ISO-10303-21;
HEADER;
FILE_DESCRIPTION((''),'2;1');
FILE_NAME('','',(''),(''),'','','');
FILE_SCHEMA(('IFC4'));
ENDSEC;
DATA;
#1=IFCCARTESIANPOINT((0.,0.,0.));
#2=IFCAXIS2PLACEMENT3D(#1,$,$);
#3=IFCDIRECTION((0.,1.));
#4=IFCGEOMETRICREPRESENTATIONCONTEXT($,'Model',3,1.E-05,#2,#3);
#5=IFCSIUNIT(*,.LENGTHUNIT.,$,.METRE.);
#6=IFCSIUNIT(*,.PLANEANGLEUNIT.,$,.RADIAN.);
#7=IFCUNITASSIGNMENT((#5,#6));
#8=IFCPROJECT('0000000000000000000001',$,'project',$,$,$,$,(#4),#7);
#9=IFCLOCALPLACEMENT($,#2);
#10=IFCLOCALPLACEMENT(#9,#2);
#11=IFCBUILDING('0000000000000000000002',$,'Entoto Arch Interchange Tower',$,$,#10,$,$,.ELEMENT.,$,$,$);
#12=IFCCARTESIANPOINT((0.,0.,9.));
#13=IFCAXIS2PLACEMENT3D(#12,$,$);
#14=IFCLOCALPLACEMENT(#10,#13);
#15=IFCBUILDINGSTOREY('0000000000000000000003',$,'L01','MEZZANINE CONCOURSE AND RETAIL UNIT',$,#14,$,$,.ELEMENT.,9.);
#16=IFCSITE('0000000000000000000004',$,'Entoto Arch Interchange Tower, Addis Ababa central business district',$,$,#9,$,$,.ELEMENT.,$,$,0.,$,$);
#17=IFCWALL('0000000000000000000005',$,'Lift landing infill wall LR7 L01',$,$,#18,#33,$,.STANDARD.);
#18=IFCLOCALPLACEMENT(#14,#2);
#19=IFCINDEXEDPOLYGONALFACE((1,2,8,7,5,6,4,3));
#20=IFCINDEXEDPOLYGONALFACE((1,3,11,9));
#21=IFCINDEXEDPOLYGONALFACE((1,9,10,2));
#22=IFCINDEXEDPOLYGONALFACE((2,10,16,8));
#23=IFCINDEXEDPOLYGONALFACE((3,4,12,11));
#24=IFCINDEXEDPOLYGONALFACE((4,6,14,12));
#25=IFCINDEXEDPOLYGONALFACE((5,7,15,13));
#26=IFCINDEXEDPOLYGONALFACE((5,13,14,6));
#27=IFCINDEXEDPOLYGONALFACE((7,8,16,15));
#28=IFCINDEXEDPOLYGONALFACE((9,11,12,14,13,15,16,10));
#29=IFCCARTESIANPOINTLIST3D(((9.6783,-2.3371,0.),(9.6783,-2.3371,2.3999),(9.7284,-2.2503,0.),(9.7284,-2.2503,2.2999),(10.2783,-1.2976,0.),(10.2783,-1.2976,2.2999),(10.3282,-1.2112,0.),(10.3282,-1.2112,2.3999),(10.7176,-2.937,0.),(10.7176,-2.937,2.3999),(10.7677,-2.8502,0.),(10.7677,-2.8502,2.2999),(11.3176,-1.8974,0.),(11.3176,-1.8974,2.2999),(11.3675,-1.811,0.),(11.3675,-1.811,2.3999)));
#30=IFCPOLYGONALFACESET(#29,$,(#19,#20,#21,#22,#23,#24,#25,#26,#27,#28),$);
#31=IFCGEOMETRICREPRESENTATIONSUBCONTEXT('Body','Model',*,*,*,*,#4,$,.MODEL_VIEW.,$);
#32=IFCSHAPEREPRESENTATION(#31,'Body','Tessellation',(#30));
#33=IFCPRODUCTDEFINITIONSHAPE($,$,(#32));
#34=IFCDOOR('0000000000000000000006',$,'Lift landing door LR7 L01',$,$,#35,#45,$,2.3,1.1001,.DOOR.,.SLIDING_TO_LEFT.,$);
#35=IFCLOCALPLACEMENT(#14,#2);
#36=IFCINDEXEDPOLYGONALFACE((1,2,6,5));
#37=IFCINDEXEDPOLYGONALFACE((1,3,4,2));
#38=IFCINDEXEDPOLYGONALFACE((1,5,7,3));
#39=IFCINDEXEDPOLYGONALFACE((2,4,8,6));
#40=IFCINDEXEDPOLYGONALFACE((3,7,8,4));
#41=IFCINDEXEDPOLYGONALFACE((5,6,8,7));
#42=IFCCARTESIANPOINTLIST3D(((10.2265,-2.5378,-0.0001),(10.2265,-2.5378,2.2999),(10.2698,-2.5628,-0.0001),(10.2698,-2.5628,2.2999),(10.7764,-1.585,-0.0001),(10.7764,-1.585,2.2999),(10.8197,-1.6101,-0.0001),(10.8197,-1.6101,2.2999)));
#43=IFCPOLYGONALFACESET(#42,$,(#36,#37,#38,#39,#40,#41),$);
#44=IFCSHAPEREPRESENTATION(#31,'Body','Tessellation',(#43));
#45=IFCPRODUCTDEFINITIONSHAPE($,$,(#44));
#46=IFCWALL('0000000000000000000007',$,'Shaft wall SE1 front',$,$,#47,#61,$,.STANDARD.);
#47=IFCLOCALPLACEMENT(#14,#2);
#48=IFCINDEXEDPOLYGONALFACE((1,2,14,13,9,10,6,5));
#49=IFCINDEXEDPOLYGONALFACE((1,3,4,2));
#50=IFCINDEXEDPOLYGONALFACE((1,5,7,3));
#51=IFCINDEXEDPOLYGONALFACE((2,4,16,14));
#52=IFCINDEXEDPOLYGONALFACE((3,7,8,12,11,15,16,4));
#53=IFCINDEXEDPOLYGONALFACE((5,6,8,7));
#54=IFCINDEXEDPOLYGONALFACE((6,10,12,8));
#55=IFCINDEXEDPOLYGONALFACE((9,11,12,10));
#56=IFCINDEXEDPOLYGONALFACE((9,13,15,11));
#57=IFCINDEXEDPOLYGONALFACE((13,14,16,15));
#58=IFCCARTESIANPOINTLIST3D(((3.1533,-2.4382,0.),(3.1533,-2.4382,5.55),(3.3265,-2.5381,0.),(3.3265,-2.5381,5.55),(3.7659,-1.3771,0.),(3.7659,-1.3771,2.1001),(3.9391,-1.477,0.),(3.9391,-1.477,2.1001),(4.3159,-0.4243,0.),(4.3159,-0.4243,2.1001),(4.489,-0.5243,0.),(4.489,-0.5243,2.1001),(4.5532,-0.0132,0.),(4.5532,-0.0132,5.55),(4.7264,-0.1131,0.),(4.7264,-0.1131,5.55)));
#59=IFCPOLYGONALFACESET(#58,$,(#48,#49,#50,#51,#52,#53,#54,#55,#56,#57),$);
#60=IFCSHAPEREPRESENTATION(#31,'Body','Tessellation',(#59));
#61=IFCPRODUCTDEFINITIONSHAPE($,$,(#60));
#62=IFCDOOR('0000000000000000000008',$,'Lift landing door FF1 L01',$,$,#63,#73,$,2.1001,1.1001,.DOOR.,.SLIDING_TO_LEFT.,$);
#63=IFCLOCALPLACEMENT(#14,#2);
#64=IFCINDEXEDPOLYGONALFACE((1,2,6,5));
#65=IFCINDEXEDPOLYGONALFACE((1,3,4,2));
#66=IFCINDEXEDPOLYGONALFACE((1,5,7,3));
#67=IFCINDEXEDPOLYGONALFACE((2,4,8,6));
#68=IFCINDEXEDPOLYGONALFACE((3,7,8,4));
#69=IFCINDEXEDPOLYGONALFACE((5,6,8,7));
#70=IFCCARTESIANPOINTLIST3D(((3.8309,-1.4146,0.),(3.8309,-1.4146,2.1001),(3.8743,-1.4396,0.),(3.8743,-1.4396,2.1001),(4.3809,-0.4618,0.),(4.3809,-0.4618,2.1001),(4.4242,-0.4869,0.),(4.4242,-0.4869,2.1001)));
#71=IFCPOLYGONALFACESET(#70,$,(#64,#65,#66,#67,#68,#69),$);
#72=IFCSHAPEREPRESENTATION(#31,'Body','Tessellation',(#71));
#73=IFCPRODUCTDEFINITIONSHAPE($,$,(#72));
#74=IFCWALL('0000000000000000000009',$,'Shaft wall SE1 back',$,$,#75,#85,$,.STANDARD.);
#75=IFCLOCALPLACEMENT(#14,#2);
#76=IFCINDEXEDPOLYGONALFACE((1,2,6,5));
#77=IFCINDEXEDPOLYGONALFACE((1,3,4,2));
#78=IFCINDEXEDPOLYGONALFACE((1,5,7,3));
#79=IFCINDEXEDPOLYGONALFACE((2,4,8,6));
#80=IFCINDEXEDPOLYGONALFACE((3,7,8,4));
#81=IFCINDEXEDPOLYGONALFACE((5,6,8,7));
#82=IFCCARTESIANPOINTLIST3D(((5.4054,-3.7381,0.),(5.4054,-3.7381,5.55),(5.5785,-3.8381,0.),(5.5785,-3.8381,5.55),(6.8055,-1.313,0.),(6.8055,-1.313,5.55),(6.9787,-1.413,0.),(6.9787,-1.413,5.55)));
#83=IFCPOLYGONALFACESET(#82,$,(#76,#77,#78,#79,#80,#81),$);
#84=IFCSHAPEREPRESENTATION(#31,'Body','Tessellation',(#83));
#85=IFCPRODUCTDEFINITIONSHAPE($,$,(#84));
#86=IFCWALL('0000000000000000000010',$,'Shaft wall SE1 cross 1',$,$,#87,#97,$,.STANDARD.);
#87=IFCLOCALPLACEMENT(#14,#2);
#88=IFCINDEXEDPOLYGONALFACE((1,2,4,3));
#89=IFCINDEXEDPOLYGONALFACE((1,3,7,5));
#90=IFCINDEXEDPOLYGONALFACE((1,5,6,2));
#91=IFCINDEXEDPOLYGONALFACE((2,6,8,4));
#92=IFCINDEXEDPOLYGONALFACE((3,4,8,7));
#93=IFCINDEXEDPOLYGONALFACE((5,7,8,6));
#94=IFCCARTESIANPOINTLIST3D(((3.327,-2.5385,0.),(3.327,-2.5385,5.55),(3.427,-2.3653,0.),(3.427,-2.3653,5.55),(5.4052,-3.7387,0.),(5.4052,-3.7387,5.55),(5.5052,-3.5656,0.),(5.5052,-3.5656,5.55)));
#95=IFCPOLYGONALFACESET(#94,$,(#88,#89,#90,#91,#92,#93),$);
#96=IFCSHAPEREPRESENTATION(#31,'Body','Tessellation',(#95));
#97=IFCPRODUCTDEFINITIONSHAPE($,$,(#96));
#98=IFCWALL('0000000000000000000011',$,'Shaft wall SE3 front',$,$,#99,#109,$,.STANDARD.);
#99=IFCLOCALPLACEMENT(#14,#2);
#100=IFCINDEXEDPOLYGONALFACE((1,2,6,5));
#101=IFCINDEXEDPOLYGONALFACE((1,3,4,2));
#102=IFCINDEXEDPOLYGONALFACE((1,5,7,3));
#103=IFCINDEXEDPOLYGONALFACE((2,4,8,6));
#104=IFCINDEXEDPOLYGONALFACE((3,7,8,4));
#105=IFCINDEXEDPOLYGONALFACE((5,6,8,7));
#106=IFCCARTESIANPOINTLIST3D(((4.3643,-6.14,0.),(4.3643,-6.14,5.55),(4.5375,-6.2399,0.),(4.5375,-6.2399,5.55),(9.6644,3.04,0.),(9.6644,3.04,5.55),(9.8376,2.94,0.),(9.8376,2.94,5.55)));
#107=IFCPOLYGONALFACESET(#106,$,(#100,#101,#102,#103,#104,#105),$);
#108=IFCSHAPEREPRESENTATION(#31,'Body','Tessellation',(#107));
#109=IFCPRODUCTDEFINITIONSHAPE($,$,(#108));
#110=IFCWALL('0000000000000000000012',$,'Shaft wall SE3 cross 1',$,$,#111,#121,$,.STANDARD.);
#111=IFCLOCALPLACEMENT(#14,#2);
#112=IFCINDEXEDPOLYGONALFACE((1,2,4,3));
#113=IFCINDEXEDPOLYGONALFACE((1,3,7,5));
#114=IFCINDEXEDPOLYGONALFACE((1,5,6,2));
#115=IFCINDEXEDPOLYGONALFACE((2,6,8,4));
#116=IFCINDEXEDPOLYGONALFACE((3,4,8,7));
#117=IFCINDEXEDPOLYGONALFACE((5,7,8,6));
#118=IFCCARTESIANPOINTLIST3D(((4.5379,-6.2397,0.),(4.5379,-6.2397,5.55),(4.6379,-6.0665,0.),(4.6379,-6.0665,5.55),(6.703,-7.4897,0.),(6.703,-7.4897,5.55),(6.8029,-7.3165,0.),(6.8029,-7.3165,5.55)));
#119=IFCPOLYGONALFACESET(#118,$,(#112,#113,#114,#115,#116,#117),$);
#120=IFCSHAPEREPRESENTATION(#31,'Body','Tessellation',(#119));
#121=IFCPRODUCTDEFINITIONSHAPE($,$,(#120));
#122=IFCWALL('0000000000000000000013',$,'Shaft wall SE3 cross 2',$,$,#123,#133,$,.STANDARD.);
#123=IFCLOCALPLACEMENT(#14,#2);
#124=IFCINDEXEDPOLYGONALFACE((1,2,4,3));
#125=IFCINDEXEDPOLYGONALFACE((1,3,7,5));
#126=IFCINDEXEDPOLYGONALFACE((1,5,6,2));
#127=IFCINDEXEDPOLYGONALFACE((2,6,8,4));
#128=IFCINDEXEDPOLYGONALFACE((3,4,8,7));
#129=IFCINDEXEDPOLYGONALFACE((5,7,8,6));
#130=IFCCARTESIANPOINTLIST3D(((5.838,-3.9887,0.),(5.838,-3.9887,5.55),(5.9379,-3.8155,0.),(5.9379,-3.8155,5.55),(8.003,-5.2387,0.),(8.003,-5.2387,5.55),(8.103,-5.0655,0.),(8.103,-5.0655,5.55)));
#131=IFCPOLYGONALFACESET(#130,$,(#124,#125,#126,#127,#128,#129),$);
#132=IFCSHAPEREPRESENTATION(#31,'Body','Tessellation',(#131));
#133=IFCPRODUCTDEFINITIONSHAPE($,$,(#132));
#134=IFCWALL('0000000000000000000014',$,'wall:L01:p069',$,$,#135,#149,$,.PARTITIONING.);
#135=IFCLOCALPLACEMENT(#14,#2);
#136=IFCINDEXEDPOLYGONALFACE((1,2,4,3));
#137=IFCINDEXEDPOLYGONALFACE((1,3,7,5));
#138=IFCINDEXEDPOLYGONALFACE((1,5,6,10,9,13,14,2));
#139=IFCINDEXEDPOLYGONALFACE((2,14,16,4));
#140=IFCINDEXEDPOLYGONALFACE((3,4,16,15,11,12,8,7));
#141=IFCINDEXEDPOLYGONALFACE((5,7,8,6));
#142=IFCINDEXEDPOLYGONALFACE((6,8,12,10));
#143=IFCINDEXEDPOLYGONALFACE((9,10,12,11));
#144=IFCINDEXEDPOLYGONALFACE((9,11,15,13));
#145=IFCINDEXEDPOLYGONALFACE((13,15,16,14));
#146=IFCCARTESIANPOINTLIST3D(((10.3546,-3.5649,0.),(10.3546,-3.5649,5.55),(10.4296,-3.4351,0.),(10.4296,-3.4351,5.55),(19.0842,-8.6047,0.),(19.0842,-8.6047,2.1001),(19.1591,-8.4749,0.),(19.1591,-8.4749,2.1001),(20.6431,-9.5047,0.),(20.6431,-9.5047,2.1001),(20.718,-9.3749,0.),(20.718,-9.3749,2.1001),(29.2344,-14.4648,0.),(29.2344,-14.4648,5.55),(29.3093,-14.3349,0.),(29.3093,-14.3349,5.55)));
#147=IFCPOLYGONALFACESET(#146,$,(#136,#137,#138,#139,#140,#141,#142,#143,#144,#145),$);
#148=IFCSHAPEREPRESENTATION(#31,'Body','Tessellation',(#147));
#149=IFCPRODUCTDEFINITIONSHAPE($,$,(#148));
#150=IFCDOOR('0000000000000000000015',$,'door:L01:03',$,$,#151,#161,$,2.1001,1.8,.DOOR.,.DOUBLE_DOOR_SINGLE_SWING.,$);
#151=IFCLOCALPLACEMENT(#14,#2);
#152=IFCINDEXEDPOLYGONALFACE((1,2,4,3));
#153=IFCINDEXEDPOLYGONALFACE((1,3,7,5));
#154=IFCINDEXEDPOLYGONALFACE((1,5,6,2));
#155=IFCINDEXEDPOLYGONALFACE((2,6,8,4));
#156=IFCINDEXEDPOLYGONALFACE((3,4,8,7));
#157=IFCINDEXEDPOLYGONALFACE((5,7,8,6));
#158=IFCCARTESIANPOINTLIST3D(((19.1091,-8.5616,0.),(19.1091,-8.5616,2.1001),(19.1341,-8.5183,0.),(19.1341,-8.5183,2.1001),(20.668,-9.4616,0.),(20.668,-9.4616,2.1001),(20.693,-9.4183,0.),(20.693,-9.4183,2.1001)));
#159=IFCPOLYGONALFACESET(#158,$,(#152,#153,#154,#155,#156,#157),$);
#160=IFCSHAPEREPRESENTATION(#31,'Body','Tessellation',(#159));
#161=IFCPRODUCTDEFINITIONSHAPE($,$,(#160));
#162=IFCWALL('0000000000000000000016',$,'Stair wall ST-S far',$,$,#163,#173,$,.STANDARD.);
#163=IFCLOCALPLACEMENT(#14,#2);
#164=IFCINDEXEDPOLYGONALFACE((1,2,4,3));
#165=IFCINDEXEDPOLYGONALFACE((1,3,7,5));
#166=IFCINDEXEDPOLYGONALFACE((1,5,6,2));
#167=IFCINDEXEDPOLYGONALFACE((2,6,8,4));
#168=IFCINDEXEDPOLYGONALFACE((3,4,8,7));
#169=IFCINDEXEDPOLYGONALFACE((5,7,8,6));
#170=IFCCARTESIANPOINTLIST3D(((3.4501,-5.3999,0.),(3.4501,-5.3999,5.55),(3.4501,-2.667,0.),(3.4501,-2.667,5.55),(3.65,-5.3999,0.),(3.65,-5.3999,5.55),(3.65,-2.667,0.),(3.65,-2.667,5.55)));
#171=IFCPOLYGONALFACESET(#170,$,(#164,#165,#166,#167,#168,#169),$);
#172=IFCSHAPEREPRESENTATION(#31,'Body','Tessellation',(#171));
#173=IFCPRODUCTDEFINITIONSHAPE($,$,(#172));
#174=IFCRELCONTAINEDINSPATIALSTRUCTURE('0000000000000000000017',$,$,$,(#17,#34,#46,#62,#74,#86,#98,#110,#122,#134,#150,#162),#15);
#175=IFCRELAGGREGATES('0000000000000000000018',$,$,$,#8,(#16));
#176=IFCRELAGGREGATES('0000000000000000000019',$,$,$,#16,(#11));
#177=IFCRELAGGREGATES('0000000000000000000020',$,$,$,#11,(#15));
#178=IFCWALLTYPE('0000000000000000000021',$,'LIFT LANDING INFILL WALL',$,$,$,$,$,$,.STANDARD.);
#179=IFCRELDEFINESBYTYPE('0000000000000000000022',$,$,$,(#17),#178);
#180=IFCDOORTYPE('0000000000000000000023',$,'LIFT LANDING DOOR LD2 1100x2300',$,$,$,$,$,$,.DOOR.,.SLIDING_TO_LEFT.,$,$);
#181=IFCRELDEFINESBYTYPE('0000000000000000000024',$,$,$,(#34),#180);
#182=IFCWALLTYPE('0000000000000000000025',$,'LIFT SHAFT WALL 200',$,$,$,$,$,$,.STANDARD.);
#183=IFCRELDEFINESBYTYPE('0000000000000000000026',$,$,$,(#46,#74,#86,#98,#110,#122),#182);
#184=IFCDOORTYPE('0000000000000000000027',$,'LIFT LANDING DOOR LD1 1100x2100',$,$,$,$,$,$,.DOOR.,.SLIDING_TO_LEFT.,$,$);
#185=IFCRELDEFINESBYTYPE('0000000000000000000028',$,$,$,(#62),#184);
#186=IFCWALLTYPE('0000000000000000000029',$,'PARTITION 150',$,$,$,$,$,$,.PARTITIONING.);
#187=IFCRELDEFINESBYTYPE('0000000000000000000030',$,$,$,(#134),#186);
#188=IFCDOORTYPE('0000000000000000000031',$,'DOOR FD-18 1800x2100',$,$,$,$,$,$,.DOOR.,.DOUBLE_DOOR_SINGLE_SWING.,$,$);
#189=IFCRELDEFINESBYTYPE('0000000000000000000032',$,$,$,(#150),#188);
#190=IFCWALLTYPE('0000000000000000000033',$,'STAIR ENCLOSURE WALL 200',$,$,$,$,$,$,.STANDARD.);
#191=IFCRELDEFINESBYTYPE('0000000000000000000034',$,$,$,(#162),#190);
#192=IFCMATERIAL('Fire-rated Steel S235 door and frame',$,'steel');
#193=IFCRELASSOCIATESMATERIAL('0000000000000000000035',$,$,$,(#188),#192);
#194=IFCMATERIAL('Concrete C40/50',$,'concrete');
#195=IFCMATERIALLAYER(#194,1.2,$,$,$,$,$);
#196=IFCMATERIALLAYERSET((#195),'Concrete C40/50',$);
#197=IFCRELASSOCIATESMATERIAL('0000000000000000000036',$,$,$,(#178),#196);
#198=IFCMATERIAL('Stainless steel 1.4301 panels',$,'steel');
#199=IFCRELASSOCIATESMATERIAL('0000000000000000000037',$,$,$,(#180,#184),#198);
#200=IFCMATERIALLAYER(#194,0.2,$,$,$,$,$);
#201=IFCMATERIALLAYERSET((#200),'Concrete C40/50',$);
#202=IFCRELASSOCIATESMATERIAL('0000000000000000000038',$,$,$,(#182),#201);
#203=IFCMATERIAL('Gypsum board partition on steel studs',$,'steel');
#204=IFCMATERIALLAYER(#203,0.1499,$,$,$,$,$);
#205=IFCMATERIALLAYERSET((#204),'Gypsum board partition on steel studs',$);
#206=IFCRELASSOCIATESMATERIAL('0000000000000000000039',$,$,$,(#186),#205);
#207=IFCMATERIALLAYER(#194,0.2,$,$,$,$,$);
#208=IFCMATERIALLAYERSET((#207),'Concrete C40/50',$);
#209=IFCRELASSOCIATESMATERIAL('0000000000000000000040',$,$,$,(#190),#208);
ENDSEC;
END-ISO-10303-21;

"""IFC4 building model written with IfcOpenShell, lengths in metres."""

from ifc_helpers import new_model, si_unit, direction, frame, frame_2d, origin, place, context, subcontext, project, spatial, rectangle, extrude, material, layer, layer_set, type_object, element, fill, save


model = new_model("IFC4")

# Units and contexts
model_context = context("Model", 3, precision=1e-05, world=origin(), true_north=direction((0.0, 1.0)))
body_context = subcontext(model_context, "Body", "Model", "MODEL_VIEW")
ifc_project = project(units=[si_unit("LENGTHUNIT", "METRE"), si_unit("PLANEANGLEUNIT", "RADIAN")], contexts=[model_context])

# Site, building, storey
site_placement = place(None, origin())
site = spatial("IfcSite", under=ifc_project, at=site_placement, Name="Entoto Arch Interchange Tower, Addis Ababa central business district", CompositionType="ELEMENT", RefElevation=0.0)
building_placement = place(site_placement, origin())
building = spatial("IfcBuilding", under=site, at=building_placement, Name="Entoto Arch Interchange Tower", CompositionType="ELEMENT")
storey_placement = place(building_placement, frame((0.0, 0.0, 9.0)))
storey = spatial("IfcBuildingStorey", under=building, at=storey_placement, Name="L01", Description="MEZZANINE CONCOURSE AND RETAIL UNIT", CompositionType="ELEMENT", Elevation=9.0)

# Walls, openings, doors
ifc_material_1 = material(Name="Fire-rated Steel S235 door and frame", Category="steel")
door_type_1 = type_object("IfcDoorType", Name="DOOR FD-18 1800x2100", OperationType="DOUBLE_DOOR_SINGLE_SWING", PredefinedType="DOOR", material=ifc_material_1)
ifc_material_2 = material(Name="Concrete C40/50", Category="concrete")
ifc_layer_1 = layer(ifc_material_2, 1.2)
ifc_layer_set_1 = layer_set([ifc_layer_1], Name="Concrete C40/50")
wall_type_1 = type_object("IfcWallType", Name="LIFT LANDING INFILL WALL", PredefinedType="STANDARD", material=ifc_layer_set_1)
ifc_material_3 = material(Name="Stainless steel 1.4301 panels", Category="steel")
door_type_2 = type_object("IfcDoorType", Name="LIFT LANDING DOOR LD2 1100x2300", OperationType="SLIDING_TO_LEFT", PredefinedType="DOOR", material=ifc_material_3)
wall_1_placement = place(storey_placement, frame((10.198, -2.637, 0.0), z_axis=(0.0, 0.0, 1.0), x_axis=(0.499896, 0.866086, 0.0)))
wall_1 = element("IfcWall", 1, at=wall_1_placement, inside=storey, type_object=wall_type_1, Name="Lift landing infill wall LR7 L01", PredefinedType="STANDARD", context=body_context, shape_type="SweptSolid", body=[
    extrude(rectangle(XDim=1.3, YDim=1.2, at=frame_2d((0.6499, 0.0))), origin(), (0.0, 0.0, 1.0), 2.3999),
])
opening_1_placement = place(wall_1_placement, frame((0.1001, 0.0, 0.0)))
opening_1 = element("IfcOpeningElement", 2, at=opening_1_placement, cuts=wall_1, PredefinedType="OPENING", context=body_context, shape_type="SweptSolid", body=[
    extrude(rectangle(XDim=1.1001, YDim=2.3, at=frame_2d((0.55, 1.1499))), frame((0.0, 0.6099, 0.0), z_axis=(0.0, -1.0, 0.0), x_axis=(1.0, 0.0, 0.0)), (0.0, 0.0, 1.0), 1.22),
])
door_1_placement = place(opening_1_placement, origin())
door_1 = element("IfcDoor", 3, at=door_1_placement, inside=storey, type_object=door_type_2, Name="Lift landing door LR7 L01", OperationType="SLIDING_TO_LEFT", OverallHeight=2.3, OverallWidth=1.1001, PredefinedType="DOOR", context=body_context, shape_type="SweptSolid", body=[
    extrude(rectangle(XDim=1.1001, YDim=2.3, at=frame_2d((0.55, 1.1499))), frame((0.0, 0.0249, 0.0), z_axis=(0.0, -1.0, 0.0), x_axis=(1.0, 0.0, 0.0)), (0.0, 0.0, 1.0), 0.05),
])
fill(opening_1, door_1)
ifc_layer_2 = layer(ifc_material_2, 0.2)
ifc_layer_set_2 = layer_set([ifc_layer_2], Name="Concrete C40/50")
wall_type_2 = type_object("IfcWallType", Name="LIFT SHAFT WALL 200", PredefinedType="STANDARD", material=ifc_layer_set_2)
wall_2_placement = place(storey_placement, frame((3.24, -2.488, 0.0), z_axis=(0.0, 0.0, 1.0), x_axis=(0.499946, 0.866056, 0.0)))
wall_2 = element("IfcWall", 4, at=wall_2_placement, inside=storey, type_object=wall_type_2, Name="Shaft wall SE1 front", PredefinedType="STANDARD", context=body_context, shape_type="SweptSolid", body=[
    extrude(rectangle(XDim=2.8, YDim=0.2, at=frame_2d((1.3999, 0.0))), origin(), (0.0, 0.0, 1.0), 5.55),
])
opening_2_placement = place(wall_2_placement, frame((1.2251, 0.0, 0.0)))
opening_2 = element("IfcOpeningElement", 5, at=opening_2_placement, cuts=wall_2, PredefinedType="OPENING", context=body_context, shape_type="SweptSolid", body=[
    extrude(rectangle(XDim=1.1001, YDim=2.1001, at=frame_2d((0.55, 1.05))), frame((0.0, 0.1099, 0.0), z_axis=(0.0, -1.0, 0.0), x_axis=(1.0, 0.0, 0.0)), (0.0, 0.0, 1.0), 0.22),
])
door_type_3 = type_object("IfcDoorType", Name="LIFT LANDING DOOR LD1 1100x2100", OperationType="SLIDING_TO_LEFT", PredefinedType="DOOR", material=ifc_material_3)
door_2_placement = place(opening_2_placement, origin())
door_2 = element("IfcDoor", 6, at=door_2_placement, inside=storey, type_object=door_type_3, Name="Lift landing door FF1 L01", OperationType="SLIDING_TO_LEFT", OverallHeight=2.1001, OverallWidth=1.1001, PredefinedType="DOOR", context=body_context, shape_type="SweptSolid", body=[
    extrude(rectangle(XDim=1.1001, YDim=2.1001, at=frame_2d((0.55, 1.05))), frame((0.0, 0.0249, 0.0), z_axis=(0.0, -1.0, 0.0), x_axis=(1.0, 0.0, 0.0)), (0.0, 0.0, 1.0), 0.05),
])
fill(opening_2, door_2)

# Walls
wall_3_placement = place(storey_placement, frame((5.4919, -3.7881, 0.0), z_axis=(0.0, 0.0, 1.0), x_axis=(0.500012, 0.866019, 0.0)))
element("IfcWall", 7, at=wall_3_placement, inside=storey, type_object=wall_type_2, Name="Shaft wall SE1 back", PredefinedType="STANDARD", context=body_context, shape_type="SweptSolid", body=[
    extrude(rectangle(XDim=2.8003, YDim=0.2, at=frame_2d((1.4001, 0.0))), origin(), (0.0, 0.0, 1.0), 5.55),
])
wall_4_placement = place(storey_placement, frame((3.377, -2.4519, 0.0), z_axis=(0.0, 0.0, 1.0), x_axis=(0.865955, -0.500122, 0.0)))
element("IfcWall", 8, at=wall_4_placement, inside=storey, type_object=wall_type_2, Name="Shaft wall SE1 cross 1", PredefinedType="STANDARD", context=body_context, shape_type="SweptSolid", body=[
    extrude(rectangle(XDim=2.3999, YDim=0.2, at=frame_2d((1.2, 0.0))), origin(), (0.0, 0.0, 1.0), 5.55),
])
wall_5_placement = place(storey_placement, frame((4.4509, -6.1899, 0.0), z_axis=(0.0, 0.0, 1.0), x_axis=(0.500001, 0.866025, 0.0)))
element("IfcWall", 9, at=wall_5_placement, inside=storey, type_object=wall_type_2, Name="Shaft wall SE3 front", PredefinedType="STANDARD", context=body_context, shape_type="SweptSolid", body=[
    extrude(rectangle(XDim=10.6001, YDim=0.2, at=frame_2d((5.3, 0.0))), origin(), (0.0, 0.0, 1.0), 5.55),
])
for number, where, z_axis, x_axis, name in (
    (10, (4.5879, -6.1531, 0.0), (0.0, 0.0, 1.0), (0.866023, -0.500004, 0.0), "Shaft wall SE3 cross 1"),
    (11, (5.8879, -3.9021, 0.0), (0.0, 0.0, 1.0), (0.866023, -0.500004, 0.0), "Shaft wall SE3 cross 2"),
):
    element("IfcWall", number, at=place(storey_placement, frame(where, z_axis=z_axis, x_axis=x_axis)), inside=storey, type_object=wall_type_2, Name=name, PredefinedType="STANDARD", context=body_context, shape_type="SweptSolid", body=[
        extrude(rectangle(XDim=2.5, YDim=0.2, at=frame_2d((1.25, 0.0))), origin(), (0.0, 0.0, 1.0), 5.55),
    ])

# Wall, opening, door
ifc_material_4 = material(Name="Gypsum board partition on steel studs", Category="steel")
ifc_layer_3 = layer(ifc_material_4, 0.1499)
ifc_layer_set_3 = layer_set([ifc_layer_3], Name="Gypsum board partition on steel studs")
wall_type_3 = type_object("IfcWallType", Name="PARTITION 150", PredefinedType="PARTITIONING", material=ifc_layer_set_3)
wall_6_placement = place(storey_placement, frame((10.3921, -3.5, 0.0), z_axis=(0.0, 0.0, 1.0), x_axis=(0.866033, -0.499986, 0.0)))
wall_6 = element("IfcWall", 12, at=wall_6_placement, inside=storey, type_object=wall_type_3, Name="wall:L01:p069", PredefinedType="PARTITIONING", context=body_context, shape_type="SweptSolid", body=[
    extrude(rectangle(XDim=21.8003, YDim=0.1499, at=frame_2d((10.9001, 0.0))), origin(), (0.0, 0.0, 1.0), 5.55),
])
opening_3_placement = place(wall_6_placement, frame((10.0801, 0.0, 0.0)))
opening_3 = element("IfcOpeningElement", 13, at=opening_3_placement, cuts=wall_6, PredefinedType="OPENING", context=body_context, shape_type="SweptSolid", body=[
    extrude(rectangle(XDim=1.8, YDim=2.1001, at=frame_2d((0.8999, 1.05))), frame((0.0, 0.085, 0.0), z_axis=(0.0, -1.0, 0.0), x_axis=(1.0, 0.0, 0.0)), (0.0, 0.0, 1.0), 0.1699),
])
door_3_placement = place(opening_3_placement, origin())
door_3 = element("IfcDoor", 14, at=door_3_placement, inside=storey, type_object=door_type_1, Name="door:L01:03", OperationType="DOUBLE_DOOR_SINGLE_SWING", OverallHeight=2.1001, OverallWidth=1.8, PredefinedType="DOOR", context=body_context, shape_type="SweptSolid", body=[
    extrude(rectangle(XDim=1.8, YDim=2.1001, at=frame_2d((0.8999, 1.05))), frame((0.0, 0.0249, 0.0), z_axis=(0.0, -1.0, 0.0), x_axis=(1.0, 0.0, 0.0)), (0.0, 0.0, 1.0), 0.05),
])
fill(opening_3, door_3)

# Wall
ifc_layer_4 = layer(ifc_material_2, 0.2)
ifc_layer_set_4 = layer_set([ifc_layer_4], Name="Concrete C40/50")
wall_type_4 = type_object("IfcWallType", Name="STAIR ENCLOSURE WALL 200", PredefinedType="STANDARD", material=ifc_layer_set_4)
wall_7_placement = place(storey_placement, frame((3.55, -2.667, 0.0), z_axis=(0.0, 0.0, 1.0), x_axis=(0.0, -1.0, 0.0)))
element("IfcWall", 15, at=wall_7_placement, inside=storey, type_object=wall_type_4, Name="Stair wall ST-S far", PredefinedType="STANDARD", context=body_context, shape_type="SweptSolid", body=[
    extrude(rectangle(XDim=2.7329, YDim=0.2, at=frame_2d((1.3665, 0.0))), origin(), (0.0, 0.0, 1.0), 5.55),
])

save(model, "model.ifc")
